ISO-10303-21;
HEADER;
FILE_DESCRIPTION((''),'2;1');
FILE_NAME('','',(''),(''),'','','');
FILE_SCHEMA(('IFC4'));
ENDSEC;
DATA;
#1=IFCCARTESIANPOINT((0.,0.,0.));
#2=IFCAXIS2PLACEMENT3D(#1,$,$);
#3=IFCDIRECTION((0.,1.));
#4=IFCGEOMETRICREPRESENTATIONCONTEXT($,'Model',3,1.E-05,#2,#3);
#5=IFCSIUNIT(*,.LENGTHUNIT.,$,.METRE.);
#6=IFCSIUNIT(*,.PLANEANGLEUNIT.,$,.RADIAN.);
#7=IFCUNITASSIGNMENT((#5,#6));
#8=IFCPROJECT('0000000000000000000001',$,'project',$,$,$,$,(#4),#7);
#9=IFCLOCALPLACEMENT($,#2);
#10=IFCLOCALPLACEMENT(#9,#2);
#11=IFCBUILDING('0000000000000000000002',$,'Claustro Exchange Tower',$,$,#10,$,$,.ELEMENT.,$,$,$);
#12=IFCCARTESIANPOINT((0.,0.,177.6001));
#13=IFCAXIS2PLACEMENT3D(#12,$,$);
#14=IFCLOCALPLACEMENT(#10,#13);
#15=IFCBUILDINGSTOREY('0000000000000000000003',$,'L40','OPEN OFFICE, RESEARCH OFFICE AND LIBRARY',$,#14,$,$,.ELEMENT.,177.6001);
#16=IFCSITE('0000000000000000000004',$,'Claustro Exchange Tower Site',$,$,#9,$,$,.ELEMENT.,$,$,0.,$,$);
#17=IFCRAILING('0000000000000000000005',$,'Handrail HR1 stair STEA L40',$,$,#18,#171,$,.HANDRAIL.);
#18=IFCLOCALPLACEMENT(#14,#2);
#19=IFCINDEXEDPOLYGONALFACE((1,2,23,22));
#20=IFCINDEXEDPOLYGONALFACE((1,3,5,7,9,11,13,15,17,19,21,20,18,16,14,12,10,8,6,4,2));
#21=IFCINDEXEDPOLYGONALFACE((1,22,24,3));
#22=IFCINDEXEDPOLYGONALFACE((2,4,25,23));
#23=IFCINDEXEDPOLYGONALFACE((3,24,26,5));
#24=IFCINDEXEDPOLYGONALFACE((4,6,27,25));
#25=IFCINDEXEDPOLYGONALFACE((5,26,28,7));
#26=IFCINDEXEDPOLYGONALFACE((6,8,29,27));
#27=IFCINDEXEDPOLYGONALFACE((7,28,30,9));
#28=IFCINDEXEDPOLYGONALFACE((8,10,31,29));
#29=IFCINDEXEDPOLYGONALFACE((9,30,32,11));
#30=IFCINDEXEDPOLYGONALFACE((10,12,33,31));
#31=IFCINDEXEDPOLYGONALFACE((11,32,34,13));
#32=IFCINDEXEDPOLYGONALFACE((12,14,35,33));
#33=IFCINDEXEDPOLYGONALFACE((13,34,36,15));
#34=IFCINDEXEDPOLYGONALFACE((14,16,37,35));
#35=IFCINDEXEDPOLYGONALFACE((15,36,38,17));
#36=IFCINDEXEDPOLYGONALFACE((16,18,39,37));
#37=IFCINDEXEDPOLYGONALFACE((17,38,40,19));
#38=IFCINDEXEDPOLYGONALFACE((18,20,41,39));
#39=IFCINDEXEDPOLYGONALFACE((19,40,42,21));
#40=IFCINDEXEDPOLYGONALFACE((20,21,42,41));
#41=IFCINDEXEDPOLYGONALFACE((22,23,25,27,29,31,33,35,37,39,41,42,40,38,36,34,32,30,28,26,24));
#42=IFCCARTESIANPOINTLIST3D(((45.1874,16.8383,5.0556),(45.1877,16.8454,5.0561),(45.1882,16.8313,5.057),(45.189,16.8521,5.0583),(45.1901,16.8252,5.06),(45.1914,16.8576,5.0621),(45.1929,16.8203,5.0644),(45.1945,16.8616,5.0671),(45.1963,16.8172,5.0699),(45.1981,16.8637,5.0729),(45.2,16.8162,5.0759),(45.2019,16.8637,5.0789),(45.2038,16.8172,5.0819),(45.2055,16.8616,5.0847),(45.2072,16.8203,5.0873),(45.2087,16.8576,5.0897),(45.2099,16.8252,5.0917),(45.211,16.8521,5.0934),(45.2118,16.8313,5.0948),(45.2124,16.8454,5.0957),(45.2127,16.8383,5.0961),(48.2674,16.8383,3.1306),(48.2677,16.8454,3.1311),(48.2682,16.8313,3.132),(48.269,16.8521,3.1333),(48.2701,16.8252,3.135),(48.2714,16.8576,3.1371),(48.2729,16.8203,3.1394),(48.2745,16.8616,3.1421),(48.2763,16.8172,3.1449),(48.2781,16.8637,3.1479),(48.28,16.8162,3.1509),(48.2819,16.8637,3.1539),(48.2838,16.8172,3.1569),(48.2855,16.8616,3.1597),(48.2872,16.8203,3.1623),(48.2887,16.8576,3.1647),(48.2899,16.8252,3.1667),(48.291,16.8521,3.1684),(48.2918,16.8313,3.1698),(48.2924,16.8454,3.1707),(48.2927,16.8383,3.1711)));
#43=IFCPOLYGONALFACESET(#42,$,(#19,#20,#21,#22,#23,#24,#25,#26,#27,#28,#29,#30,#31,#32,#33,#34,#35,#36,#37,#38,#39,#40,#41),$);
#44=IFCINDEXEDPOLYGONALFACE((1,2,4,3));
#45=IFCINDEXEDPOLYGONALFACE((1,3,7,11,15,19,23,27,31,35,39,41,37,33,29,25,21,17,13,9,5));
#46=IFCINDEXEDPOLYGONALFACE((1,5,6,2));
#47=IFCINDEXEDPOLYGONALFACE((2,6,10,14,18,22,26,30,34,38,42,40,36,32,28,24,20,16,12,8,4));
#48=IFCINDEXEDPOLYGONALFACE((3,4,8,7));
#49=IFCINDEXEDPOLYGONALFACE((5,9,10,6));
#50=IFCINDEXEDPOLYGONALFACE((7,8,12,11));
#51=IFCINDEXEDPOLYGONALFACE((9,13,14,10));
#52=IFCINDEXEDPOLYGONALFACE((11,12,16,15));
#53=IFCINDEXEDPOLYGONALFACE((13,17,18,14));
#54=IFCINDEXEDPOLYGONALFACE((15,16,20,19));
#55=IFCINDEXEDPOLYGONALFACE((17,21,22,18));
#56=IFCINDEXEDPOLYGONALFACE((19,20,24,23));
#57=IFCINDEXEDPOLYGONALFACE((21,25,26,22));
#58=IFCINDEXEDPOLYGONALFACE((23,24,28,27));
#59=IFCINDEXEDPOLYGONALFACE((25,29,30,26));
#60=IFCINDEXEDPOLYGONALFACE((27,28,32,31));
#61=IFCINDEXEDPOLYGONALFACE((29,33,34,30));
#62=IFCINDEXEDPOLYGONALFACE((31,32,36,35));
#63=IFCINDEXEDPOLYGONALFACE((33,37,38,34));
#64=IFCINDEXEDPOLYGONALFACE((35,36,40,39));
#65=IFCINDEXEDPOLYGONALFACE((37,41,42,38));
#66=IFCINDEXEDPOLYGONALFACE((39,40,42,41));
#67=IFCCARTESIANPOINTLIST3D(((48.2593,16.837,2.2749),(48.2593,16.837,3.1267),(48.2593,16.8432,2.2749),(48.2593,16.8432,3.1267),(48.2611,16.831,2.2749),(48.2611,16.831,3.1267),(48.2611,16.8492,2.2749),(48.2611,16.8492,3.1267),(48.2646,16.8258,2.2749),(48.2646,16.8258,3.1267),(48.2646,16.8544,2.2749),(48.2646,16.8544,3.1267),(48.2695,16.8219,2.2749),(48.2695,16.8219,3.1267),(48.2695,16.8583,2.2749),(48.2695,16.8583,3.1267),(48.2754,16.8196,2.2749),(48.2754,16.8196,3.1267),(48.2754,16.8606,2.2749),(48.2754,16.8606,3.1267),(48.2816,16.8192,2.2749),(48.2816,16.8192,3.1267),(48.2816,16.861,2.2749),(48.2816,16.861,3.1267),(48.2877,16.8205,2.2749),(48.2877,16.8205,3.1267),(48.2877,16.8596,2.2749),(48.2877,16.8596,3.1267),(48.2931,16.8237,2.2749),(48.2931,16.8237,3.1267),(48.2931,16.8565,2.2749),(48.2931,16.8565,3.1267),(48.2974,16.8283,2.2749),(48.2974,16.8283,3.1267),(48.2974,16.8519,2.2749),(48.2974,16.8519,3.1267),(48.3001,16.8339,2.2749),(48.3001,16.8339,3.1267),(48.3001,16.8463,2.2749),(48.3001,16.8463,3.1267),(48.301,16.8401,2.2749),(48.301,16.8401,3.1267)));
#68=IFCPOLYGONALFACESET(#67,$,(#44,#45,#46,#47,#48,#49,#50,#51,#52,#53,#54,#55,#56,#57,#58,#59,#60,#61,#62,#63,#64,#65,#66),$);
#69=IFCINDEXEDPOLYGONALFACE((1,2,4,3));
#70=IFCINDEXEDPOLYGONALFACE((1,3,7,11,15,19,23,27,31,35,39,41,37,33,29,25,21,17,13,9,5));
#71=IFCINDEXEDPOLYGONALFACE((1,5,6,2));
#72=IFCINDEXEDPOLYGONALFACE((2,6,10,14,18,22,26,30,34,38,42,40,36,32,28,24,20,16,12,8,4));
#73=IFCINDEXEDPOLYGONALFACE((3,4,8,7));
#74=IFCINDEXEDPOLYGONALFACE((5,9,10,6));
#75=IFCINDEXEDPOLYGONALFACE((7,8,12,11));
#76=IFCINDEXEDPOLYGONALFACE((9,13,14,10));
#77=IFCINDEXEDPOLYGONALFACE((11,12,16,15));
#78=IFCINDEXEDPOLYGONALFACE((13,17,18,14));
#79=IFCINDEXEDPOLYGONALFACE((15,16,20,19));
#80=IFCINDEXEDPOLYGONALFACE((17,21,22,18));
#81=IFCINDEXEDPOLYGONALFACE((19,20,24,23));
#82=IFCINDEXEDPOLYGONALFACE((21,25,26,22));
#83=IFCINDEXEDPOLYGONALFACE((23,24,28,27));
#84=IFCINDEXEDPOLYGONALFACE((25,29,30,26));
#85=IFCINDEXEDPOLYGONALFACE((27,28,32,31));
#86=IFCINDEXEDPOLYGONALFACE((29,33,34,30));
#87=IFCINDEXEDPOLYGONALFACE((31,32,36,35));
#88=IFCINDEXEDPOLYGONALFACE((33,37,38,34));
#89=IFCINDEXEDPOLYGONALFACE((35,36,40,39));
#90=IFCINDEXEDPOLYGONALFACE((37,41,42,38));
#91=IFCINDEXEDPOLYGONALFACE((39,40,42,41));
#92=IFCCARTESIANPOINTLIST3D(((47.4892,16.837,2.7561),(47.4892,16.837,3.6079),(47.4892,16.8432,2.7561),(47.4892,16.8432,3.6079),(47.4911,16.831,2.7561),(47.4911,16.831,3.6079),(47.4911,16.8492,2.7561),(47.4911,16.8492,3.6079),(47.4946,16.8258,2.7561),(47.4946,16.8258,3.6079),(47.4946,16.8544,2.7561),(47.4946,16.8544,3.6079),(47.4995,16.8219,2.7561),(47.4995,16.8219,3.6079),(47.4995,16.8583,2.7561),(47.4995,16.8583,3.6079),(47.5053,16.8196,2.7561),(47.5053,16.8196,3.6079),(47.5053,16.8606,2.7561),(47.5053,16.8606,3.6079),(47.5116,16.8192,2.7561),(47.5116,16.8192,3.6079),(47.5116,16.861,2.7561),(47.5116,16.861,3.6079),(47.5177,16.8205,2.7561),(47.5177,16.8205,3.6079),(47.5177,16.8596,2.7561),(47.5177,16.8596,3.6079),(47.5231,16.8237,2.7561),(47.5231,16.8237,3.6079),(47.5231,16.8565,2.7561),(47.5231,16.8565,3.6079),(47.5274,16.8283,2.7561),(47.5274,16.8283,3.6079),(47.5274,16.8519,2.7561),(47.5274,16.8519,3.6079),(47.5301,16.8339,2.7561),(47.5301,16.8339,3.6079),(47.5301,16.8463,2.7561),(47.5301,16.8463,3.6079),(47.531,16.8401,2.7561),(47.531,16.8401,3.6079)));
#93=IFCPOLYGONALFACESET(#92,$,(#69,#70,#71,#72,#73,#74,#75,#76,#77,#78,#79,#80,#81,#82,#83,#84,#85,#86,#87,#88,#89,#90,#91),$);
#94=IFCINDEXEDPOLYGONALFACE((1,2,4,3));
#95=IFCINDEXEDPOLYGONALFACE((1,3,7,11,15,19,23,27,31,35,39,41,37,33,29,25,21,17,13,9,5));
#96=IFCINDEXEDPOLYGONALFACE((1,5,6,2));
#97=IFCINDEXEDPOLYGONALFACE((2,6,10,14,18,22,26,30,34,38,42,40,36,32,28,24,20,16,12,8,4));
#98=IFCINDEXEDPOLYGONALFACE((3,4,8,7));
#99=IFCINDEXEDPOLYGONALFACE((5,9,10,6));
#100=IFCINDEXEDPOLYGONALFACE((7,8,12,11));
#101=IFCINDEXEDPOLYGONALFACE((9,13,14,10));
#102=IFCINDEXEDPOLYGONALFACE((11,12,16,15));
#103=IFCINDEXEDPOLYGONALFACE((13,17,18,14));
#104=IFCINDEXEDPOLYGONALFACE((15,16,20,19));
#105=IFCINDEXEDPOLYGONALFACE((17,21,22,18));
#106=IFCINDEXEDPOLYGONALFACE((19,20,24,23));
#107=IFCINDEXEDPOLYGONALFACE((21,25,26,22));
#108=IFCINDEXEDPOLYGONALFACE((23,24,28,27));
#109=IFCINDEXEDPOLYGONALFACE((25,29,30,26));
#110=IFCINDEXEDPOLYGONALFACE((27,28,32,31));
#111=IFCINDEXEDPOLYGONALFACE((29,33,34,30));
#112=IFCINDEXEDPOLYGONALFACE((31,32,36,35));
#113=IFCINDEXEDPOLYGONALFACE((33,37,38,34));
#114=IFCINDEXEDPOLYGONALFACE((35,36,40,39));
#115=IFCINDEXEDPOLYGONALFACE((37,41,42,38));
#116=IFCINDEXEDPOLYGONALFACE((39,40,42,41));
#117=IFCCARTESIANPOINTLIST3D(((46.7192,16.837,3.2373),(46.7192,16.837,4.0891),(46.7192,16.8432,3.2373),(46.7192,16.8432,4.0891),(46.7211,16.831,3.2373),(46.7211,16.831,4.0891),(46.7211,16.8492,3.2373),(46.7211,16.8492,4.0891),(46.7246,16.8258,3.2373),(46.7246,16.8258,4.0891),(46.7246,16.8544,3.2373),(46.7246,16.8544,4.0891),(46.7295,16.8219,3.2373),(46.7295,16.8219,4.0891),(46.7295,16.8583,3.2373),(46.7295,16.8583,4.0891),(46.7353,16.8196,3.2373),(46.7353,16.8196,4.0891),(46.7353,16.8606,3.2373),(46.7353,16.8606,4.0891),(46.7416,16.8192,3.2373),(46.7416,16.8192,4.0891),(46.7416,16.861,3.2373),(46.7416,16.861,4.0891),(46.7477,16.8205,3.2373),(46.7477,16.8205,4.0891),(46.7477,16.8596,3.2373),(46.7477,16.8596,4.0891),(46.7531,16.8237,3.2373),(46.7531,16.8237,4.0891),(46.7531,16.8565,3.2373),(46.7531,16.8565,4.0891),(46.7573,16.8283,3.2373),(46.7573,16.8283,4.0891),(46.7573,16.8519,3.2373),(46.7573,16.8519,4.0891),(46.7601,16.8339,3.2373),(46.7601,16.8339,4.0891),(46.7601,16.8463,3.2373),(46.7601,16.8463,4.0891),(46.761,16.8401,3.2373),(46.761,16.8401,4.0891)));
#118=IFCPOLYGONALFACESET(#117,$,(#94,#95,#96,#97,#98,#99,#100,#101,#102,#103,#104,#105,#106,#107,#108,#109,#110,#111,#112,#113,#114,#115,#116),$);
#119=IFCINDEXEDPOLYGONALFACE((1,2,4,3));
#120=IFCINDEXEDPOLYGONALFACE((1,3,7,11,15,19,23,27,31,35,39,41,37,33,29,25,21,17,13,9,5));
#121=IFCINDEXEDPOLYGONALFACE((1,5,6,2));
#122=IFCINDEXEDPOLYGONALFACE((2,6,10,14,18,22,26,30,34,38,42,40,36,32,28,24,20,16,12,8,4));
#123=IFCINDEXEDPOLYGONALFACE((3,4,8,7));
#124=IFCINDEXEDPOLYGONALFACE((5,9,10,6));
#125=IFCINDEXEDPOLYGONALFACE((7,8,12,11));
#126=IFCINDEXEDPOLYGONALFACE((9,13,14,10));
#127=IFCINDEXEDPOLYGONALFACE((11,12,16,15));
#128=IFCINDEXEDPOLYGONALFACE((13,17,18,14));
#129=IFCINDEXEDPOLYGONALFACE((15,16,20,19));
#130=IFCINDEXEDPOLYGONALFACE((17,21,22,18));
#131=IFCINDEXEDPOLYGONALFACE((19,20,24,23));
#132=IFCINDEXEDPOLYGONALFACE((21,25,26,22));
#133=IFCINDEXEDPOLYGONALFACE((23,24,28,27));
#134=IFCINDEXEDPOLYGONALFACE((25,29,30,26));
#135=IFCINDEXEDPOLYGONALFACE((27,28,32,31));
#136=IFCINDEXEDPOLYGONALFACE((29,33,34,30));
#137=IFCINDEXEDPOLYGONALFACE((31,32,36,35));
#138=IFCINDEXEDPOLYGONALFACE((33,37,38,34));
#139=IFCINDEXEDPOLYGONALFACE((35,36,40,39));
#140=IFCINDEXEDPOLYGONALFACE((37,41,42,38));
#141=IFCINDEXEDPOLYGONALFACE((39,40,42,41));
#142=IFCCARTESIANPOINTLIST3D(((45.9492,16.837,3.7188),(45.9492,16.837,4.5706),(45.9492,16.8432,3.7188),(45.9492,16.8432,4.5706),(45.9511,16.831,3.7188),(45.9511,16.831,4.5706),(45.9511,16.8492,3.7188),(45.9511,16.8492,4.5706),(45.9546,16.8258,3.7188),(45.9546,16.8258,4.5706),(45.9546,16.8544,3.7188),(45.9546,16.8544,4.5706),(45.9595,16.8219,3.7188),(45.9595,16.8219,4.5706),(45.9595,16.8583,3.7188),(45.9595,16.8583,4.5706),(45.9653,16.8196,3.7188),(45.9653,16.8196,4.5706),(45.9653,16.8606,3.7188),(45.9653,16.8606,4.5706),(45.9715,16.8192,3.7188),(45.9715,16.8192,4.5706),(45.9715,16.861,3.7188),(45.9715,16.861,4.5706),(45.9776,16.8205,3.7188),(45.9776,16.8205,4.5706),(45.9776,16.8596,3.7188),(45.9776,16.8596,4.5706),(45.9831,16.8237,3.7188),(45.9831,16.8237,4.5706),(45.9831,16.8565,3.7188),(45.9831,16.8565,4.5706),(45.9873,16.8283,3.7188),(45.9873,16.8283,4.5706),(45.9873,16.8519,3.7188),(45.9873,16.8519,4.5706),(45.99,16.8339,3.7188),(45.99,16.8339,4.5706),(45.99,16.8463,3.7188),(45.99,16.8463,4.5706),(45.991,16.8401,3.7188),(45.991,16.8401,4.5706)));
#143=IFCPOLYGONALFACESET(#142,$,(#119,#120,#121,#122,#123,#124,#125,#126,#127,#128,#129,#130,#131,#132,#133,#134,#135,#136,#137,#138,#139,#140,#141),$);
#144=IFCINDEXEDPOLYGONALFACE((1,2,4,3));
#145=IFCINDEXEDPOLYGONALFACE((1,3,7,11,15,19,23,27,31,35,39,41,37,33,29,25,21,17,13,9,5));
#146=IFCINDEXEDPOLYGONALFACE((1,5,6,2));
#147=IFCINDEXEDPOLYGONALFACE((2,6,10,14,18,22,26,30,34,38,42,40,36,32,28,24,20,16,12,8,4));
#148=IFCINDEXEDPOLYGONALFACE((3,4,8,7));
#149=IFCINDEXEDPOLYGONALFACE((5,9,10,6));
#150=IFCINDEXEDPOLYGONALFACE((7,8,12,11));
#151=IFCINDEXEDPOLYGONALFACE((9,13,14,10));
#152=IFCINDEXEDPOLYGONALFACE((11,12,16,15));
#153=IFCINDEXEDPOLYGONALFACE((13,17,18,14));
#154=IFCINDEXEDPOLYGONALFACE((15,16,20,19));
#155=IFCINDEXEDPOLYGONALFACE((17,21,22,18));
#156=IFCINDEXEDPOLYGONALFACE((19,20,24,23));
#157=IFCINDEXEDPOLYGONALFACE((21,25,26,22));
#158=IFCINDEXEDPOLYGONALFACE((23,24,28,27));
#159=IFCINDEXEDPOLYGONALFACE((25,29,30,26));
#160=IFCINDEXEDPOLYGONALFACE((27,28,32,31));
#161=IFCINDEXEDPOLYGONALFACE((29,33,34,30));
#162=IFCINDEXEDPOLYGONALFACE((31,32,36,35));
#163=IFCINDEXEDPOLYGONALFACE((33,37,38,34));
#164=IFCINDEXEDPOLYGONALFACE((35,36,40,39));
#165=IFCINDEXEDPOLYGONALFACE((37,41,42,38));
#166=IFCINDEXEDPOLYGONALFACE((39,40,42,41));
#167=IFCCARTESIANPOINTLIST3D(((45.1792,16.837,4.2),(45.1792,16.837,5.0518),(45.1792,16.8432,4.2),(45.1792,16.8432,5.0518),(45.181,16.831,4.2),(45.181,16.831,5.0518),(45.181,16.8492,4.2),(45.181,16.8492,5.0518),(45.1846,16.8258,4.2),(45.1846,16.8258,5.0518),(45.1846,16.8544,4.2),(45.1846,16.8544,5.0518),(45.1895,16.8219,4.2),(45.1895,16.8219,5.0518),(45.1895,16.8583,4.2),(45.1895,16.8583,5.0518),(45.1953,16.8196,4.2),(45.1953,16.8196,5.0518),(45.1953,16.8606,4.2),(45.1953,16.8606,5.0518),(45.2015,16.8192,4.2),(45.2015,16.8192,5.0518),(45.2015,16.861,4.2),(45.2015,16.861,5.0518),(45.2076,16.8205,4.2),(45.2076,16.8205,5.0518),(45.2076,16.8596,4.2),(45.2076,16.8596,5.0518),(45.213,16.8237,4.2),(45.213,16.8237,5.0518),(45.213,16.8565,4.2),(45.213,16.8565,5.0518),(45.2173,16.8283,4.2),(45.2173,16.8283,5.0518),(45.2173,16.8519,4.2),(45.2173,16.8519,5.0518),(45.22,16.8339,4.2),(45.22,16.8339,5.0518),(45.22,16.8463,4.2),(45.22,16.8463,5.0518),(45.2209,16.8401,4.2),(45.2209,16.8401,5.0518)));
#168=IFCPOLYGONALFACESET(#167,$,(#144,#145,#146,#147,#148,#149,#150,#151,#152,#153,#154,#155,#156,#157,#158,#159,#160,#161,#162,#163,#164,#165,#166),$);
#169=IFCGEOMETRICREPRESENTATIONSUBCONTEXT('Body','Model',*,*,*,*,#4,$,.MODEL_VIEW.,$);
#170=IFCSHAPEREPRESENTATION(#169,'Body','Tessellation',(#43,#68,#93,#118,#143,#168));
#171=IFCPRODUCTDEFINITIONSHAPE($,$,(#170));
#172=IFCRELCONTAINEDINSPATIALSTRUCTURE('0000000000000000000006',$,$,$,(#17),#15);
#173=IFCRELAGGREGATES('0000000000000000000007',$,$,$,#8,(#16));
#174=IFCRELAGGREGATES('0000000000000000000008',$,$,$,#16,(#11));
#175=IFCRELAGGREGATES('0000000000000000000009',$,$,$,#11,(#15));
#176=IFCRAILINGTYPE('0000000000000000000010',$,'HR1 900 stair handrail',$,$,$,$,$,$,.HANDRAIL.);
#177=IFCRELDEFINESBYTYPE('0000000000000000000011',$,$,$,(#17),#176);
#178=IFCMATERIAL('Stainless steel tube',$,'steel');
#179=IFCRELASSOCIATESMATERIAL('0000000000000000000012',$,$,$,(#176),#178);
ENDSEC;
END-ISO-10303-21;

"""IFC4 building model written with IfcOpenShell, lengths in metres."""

from ifc_helpers import new_model, si_unit, direction, frame, origin, origin_2d, place, context, subcontext, project, spatial, circle, extrude, material, type_object, element, save


model = new_model("IFC4")

# Units and contexts
model_context = context("Model", 3, precision=1e-05, world=origin(), true_north=direction((0.0, 1.0)))
body_context = subcontext(model_context, "Body", "Model", "MODEL_VIEW")
ifc_project = project(units=[si_unit("LENGTHUNIT", "METRE"), si_unit("PLANEANGLEUNIT", "RADIAN")], contexts=[model_context])

# Site, building, storey
site_placement = place(None, origin())
site = spatial("IfcSite", under=ifc_project, at=site_placement, Name="Claustro Exchange Tower Site", CompositionType="ELEMENT", RefElevation=0.0)
building_placement = place(site_placement, origin())
building = spatial("IfcBuilding", under=site, at=building_placement, Name="Claustro Exchange Tower", CompositionType="ELEMENT")
storey_placement = place(building_placement, frame((0.0, 0.0, 177.6001)))
storey = spatial("IfcBuildingStorey", under=building, at=storey_placement, Name="L40", Description="OPEN OFFICE, RESEARCH OFFICE AND LIBRARY", CompositionType="ELEMENT", Elevation=177.6001)

# Railing
ifc_material_1 = material(Name="Stainless steel tube", Category="steel")
railing_type_1 = type_object("IfcRailingType", Name="HR1 900 stair handrail", PredefinedType="HANDRAIL", material=ifc_material_1)
railing_1_placement = place(storey_placement, frame((48.28, 16.8401, 2.2749)))
element("IfcRailing", 1, at=railing_1_placement, inside=storey, type_object=railing_type_1, Name="Handrail HR1 stair STEA L40", PredefinedType="HANDRAIL", context=body_context, shape_type="SweptSolid", body=[
    extrude(circle(Radius=0.0239, at=origin_2d()), frame((0.0, 0.0, 0.876), z_axis=(-0.847998, 0.0, 0.529999), x_axis=(0.0, -1.0, 0.0)), (0.0, 0.0, 1.0), 3.6321),
    extrude(circle(Radius=0.021, at=origin_2d()), origin(), (0.0, 0.0, 1.0), 0.8518),
    extrude(circle(Radius=0.021, at=origin_2d()), frame((-0.77, 0.0, 0.4812)), (0.0, 0.0, 1.0), 0.8518),
    extrude(circle(Radius=0.021, at=origin_2d()), frame((-1.54, 0.0, 0.9624)), (0.0, 0.0, 1.0), 0.8518),
    extrude(circle(Radius=0.021, at=origin_2d()), frame((-2.3101, 0.0, 1.4438)), (0.0, 0.0, 1.0), 0.8518),
    extrude(circle(Radius=0.021, at=origin_2d()), frame((-3.0801, 0.0, 1.925)), (0.0, 0.0, 1.0), 0.8518),
])

save(model, "model.ifc")
